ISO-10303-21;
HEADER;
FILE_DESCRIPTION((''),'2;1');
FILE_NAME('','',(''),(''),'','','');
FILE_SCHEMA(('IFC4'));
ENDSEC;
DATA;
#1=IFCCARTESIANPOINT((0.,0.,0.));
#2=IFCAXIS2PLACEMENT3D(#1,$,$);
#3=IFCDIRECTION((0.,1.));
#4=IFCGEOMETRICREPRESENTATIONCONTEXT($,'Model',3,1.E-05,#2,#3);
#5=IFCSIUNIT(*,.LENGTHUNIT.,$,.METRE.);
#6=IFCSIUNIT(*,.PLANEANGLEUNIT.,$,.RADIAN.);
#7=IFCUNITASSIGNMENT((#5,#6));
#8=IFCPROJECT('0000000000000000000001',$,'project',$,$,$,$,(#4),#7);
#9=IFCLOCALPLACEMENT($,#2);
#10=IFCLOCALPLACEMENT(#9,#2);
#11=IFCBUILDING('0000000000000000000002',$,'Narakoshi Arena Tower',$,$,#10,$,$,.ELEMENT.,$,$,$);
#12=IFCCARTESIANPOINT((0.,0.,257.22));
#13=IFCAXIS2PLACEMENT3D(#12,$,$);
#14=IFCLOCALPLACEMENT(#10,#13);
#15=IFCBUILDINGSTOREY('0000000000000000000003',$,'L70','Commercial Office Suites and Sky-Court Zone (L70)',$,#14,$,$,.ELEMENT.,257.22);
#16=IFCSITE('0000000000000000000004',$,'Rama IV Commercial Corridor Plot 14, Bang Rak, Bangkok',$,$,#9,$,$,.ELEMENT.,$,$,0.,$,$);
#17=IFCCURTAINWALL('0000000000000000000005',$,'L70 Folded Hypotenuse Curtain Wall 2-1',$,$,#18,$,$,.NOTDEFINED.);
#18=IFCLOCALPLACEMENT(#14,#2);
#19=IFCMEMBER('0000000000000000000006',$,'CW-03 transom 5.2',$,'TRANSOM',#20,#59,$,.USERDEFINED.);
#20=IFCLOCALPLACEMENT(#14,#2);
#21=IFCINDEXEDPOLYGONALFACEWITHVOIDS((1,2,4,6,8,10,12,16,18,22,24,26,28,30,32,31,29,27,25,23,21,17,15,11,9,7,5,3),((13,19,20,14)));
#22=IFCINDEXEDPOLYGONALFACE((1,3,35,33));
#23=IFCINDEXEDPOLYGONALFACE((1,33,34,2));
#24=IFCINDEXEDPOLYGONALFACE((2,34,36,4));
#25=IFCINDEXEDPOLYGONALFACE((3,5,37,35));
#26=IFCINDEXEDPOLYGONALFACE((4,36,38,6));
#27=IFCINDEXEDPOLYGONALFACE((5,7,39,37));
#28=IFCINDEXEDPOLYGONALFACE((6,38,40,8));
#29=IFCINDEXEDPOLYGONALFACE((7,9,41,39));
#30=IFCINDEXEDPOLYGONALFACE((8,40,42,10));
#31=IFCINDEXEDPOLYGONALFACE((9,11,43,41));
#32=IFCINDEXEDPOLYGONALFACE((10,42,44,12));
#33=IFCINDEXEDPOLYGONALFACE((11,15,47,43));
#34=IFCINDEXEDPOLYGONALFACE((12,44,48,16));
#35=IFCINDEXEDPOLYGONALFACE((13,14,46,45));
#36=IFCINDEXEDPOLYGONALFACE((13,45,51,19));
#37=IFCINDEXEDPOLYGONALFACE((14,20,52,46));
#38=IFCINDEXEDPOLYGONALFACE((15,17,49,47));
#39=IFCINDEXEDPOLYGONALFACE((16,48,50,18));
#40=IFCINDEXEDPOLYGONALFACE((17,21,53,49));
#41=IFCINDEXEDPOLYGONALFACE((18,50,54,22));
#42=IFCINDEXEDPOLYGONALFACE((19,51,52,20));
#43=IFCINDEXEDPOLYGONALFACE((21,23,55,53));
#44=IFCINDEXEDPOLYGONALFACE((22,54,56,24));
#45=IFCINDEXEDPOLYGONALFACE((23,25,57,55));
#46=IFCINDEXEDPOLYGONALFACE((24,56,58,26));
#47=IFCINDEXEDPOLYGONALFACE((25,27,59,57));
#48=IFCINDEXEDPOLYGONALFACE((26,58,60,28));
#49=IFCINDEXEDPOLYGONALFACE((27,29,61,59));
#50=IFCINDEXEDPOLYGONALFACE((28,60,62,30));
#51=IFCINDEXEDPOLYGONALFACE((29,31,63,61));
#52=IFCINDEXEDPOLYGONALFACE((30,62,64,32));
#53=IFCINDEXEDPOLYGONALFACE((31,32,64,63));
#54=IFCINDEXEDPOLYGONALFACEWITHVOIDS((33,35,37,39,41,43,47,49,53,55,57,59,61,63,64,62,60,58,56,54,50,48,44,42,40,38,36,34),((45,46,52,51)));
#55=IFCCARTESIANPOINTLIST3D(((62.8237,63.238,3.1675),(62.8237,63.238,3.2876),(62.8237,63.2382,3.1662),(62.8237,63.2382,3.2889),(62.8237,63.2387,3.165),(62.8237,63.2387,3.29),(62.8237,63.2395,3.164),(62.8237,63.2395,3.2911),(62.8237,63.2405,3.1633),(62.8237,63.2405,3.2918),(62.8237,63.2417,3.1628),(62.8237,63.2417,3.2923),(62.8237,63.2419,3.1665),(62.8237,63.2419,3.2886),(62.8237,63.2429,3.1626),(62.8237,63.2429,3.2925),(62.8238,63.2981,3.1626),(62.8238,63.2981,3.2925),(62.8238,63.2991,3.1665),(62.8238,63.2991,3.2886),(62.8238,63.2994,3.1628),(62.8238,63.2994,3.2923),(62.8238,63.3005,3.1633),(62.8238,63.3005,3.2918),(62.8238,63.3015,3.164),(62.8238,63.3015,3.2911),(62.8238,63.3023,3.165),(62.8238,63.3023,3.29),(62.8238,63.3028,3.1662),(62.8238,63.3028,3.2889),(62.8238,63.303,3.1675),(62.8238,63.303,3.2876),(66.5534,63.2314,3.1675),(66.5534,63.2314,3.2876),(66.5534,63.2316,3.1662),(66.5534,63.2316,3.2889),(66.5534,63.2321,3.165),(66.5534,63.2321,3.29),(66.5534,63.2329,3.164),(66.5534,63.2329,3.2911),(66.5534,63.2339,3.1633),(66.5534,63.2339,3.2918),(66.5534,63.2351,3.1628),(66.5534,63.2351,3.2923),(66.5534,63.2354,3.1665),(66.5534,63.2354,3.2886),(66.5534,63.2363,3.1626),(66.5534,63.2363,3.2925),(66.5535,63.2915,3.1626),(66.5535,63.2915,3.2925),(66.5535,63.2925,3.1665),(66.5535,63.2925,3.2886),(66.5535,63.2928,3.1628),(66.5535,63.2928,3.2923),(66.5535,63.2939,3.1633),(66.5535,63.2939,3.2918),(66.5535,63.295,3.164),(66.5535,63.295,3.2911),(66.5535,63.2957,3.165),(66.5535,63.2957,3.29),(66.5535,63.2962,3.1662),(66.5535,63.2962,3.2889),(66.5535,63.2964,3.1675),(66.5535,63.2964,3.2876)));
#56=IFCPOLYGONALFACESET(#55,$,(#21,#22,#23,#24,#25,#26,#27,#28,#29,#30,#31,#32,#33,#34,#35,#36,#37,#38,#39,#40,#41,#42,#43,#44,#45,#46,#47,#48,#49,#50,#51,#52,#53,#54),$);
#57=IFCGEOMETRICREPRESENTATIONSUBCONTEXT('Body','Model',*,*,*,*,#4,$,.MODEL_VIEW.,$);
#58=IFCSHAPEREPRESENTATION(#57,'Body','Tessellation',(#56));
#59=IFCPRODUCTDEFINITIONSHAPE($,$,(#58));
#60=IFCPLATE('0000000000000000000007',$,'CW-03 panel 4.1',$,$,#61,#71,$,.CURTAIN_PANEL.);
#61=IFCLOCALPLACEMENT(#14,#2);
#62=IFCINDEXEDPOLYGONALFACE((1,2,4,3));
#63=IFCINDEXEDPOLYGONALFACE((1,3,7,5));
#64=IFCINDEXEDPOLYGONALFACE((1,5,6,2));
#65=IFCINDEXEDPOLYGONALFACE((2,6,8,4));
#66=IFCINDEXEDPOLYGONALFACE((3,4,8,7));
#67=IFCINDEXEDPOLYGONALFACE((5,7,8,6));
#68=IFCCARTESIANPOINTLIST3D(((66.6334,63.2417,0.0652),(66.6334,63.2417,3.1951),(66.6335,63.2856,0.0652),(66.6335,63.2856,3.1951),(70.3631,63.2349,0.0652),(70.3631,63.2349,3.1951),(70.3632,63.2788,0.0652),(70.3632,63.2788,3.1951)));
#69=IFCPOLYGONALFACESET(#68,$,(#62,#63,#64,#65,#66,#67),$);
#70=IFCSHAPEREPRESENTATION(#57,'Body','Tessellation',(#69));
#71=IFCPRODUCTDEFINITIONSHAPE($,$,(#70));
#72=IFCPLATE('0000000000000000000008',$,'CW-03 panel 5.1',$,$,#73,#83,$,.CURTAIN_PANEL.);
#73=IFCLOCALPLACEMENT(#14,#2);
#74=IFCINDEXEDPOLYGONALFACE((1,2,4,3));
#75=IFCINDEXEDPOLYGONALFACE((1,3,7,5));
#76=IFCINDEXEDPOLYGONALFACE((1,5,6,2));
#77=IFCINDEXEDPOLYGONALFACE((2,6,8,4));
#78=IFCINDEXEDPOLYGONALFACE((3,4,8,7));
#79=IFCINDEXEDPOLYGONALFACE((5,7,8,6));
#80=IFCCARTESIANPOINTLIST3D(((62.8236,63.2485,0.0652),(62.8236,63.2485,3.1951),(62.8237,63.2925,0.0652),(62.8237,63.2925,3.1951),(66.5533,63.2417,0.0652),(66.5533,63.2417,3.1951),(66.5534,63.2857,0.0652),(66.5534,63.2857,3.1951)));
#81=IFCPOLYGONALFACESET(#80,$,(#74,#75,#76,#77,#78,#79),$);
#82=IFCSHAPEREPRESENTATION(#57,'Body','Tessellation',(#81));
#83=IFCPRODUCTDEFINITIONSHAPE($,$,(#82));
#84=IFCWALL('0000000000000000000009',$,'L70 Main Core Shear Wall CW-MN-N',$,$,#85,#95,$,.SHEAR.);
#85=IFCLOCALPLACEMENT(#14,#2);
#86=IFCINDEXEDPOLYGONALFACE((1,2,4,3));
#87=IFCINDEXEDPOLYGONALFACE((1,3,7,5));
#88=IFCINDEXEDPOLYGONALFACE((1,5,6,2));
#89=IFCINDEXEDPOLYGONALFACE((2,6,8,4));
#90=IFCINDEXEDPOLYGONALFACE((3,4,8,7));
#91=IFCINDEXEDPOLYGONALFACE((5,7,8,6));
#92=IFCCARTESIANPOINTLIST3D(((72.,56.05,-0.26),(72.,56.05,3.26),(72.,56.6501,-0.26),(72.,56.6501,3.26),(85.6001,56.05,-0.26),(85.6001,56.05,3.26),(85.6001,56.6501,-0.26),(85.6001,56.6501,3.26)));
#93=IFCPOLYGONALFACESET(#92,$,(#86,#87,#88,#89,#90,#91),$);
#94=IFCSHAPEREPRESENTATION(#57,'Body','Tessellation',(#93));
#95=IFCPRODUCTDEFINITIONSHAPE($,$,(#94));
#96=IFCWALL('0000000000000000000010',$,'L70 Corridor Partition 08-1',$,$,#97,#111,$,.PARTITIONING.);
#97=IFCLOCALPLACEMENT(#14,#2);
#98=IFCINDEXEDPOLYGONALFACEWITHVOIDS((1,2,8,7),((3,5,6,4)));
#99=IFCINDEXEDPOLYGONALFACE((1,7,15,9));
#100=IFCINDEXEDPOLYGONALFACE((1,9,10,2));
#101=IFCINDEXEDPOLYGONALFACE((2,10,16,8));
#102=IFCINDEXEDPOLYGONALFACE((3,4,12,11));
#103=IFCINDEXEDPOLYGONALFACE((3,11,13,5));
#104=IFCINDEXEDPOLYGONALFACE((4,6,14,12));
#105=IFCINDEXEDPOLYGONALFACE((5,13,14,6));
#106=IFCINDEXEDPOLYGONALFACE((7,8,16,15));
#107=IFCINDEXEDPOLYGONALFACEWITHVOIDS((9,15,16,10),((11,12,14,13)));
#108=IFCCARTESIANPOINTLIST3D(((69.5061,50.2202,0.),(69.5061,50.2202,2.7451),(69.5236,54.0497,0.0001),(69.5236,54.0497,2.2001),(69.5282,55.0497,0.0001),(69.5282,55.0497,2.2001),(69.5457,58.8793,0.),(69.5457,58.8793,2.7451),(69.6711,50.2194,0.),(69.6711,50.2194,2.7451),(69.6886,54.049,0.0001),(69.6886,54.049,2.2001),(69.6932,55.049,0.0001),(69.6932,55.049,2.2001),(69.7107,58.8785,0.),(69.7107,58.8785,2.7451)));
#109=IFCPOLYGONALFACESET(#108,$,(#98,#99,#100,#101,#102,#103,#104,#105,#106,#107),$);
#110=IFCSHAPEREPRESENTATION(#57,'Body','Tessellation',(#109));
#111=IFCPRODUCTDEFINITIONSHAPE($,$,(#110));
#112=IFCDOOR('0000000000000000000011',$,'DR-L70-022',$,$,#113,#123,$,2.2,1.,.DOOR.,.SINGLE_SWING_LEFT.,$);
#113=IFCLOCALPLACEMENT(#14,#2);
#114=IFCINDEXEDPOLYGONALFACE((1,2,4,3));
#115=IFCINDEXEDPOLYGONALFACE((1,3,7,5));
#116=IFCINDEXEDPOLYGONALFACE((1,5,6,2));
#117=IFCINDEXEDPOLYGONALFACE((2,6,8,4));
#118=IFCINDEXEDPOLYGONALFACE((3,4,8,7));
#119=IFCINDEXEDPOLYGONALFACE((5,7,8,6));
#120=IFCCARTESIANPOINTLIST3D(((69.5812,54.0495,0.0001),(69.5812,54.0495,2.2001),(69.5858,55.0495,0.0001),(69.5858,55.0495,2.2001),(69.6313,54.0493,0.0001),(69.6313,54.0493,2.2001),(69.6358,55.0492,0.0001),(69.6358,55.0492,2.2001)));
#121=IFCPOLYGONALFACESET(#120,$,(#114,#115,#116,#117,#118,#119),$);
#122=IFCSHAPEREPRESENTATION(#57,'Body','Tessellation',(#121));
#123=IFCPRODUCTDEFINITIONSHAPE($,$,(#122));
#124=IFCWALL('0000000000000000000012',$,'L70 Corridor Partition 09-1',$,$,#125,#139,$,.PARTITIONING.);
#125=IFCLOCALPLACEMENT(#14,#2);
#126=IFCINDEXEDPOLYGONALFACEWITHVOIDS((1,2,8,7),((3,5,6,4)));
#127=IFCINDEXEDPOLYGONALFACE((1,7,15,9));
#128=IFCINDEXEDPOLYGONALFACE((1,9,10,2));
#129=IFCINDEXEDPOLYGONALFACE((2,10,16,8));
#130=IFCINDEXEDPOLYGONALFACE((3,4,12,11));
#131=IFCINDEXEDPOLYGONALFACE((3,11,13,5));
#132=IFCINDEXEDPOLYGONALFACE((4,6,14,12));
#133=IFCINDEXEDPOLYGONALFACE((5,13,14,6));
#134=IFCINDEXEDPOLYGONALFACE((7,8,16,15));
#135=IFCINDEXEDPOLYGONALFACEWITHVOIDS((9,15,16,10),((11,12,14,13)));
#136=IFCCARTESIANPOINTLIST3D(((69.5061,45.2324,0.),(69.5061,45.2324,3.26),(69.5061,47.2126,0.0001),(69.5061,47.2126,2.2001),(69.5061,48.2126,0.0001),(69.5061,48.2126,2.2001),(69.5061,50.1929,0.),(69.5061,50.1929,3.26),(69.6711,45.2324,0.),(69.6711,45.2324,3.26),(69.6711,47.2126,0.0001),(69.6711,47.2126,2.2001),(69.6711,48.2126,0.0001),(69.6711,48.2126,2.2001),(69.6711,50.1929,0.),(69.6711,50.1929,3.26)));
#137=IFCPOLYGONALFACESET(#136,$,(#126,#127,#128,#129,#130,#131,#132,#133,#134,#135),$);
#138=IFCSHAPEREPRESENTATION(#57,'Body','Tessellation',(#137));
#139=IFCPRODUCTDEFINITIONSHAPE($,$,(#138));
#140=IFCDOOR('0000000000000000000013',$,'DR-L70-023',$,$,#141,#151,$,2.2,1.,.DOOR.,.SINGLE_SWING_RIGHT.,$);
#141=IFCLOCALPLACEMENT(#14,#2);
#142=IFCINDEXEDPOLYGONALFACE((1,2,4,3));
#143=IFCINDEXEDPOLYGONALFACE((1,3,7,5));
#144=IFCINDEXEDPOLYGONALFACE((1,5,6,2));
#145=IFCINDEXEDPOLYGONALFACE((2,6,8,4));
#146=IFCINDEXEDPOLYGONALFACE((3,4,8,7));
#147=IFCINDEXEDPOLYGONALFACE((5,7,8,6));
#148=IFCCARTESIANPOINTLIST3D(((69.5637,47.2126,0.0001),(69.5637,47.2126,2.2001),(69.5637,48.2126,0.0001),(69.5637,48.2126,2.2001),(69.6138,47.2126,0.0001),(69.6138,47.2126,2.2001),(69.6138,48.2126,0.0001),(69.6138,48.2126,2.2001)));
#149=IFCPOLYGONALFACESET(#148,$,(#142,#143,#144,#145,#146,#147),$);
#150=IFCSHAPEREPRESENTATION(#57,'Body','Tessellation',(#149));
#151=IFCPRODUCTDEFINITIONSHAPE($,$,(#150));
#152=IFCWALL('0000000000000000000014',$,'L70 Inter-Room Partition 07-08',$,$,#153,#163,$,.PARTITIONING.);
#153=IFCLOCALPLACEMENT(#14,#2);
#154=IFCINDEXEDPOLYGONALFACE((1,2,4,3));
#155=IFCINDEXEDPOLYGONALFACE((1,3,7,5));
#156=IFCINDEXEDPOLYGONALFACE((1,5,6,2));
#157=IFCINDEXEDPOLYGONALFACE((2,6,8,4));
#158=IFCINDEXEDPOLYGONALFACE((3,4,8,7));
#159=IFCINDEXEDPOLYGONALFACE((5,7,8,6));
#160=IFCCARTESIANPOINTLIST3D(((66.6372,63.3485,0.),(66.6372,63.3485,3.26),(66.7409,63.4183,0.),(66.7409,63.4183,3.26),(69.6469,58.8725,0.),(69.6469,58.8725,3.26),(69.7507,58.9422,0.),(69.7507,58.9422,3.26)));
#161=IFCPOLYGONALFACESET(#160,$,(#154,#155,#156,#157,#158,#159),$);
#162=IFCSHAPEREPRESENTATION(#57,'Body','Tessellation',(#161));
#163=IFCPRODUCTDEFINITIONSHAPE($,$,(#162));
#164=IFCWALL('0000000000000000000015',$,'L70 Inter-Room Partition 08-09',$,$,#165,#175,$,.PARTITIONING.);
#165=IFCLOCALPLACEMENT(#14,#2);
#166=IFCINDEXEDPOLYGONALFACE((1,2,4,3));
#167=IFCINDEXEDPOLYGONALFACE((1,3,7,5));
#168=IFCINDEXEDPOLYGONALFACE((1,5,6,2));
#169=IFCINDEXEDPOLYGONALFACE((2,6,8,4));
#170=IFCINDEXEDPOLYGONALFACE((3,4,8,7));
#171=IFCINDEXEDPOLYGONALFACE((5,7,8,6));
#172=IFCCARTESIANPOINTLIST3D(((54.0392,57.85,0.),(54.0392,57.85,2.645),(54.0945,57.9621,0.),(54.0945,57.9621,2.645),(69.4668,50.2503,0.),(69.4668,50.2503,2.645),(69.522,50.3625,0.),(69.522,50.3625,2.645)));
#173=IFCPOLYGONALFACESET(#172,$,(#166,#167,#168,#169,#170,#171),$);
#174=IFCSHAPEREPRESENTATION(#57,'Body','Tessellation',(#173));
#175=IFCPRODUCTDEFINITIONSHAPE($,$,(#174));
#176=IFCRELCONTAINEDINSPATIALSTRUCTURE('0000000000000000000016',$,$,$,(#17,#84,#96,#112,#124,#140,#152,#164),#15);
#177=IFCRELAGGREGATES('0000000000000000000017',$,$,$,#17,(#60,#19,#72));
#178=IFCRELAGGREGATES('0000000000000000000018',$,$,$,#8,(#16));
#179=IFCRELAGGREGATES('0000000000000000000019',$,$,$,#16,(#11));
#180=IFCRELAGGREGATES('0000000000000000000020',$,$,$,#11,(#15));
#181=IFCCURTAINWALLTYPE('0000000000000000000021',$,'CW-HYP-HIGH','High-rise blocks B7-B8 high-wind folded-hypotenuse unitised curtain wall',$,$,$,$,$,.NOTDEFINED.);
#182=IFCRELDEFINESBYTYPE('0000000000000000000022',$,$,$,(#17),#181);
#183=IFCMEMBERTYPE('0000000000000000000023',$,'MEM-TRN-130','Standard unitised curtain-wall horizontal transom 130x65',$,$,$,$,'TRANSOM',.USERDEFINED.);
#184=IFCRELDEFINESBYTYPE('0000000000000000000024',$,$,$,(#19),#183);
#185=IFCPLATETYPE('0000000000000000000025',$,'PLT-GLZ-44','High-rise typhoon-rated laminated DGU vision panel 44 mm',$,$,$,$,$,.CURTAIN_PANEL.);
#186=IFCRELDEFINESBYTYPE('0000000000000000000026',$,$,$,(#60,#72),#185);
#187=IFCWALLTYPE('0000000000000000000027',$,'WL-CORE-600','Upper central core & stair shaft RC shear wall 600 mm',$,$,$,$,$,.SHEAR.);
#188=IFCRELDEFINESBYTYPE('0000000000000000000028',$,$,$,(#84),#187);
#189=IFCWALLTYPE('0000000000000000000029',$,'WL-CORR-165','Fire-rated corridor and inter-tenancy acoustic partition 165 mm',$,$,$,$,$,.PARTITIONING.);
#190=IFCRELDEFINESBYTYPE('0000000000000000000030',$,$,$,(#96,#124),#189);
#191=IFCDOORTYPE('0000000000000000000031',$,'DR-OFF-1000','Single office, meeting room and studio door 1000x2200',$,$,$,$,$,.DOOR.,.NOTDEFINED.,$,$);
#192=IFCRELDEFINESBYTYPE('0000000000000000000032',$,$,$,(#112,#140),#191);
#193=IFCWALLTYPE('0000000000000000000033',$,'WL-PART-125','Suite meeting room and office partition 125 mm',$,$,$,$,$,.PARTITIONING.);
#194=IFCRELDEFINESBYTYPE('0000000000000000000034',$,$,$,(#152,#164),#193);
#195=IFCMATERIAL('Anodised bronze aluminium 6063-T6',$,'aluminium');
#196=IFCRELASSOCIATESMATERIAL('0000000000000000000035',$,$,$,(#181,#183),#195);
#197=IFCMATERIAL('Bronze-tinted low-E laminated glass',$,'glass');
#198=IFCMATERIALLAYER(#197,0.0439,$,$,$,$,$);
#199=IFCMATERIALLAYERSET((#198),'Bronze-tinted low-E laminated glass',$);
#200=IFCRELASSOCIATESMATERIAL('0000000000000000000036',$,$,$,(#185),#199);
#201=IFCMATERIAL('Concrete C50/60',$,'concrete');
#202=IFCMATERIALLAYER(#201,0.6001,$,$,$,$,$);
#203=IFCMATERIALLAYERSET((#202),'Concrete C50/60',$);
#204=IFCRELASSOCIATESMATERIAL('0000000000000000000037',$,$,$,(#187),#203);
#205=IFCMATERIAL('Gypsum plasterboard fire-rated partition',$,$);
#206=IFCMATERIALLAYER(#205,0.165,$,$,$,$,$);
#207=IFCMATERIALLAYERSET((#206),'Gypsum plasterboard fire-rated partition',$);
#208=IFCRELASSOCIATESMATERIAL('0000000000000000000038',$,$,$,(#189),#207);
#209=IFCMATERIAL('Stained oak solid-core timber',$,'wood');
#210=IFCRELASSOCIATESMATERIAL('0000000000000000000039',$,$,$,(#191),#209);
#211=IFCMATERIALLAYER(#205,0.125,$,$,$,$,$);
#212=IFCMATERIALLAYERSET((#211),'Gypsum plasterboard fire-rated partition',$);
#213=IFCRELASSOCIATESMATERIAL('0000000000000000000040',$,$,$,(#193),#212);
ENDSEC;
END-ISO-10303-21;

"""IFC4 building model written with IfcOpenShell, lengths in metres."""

from ifc_helpers import new_model, si_unit, direction, frame, frame_2d, origin, origin_2d, place, context, subcontext, project, spatial, rectangle, hollow_rectangle, extrude, material, layer, layer_set, material_profile, profile_set, type_object, element, fill, aggregate, save


model = new_model("IFC4")

# Units and contexts
model_context = context("Model", 3, precision=1e-05, world=origin(), true_north=direction((0.0, 1.0)))
body_context = subcontext(model_context, "Body", "Model", "MODEL_VIEW")
ifc_project = project(units=[si_unit("LENGTHUNIT", "METRE"), si_unit("PLANEANGLEUNIT", "RADIAN")], contexts=[model_context])

# Site, building, storey
site_placement = place(None, origin())
site = spatial("IfcSite", under=ifc_project, at=site_placement, Name="Rama IV Commercial Corridor Plot 14, Bang Rak, Bangkok", CompositionType="ELEMENT", RefElevation=0.0)
building_placement = place(site_placement, origin())
building = spatial("IfcBuilding", under=site, at=building_placement, Name="Narakoshi Arena Tower", CompositionType="ELEMENT")
storey_placement = place(building_placement, frame((0.0, 0.0, 257.22)))
storey = spatial("IfcBuildingStorey", under=building, at=storey_placement, Name="L70", Description="Commercial Office Suites and Sky-Court Zone (L70)", CompositionType="ELEMENT", Elevation=257.22)

# Shared definitions
ifc_material_1 = material(Name="Concrete C50/60", Category="concrete")

# Curtain wall, member, plates
ifc_material_2 = material(Name="Anodised bronze aluminium 6063-T6", Category="aluminium")
curtain_wall_type = type_object("IfcCurtainWallType", Name="CW-HYP-HIGH", Description="High-rise blocks B7-B8 high-wind folded-hypotenuse unitised curtain wall", PredefinedType="NOTDEFINED", material=ifc_material_2)
curtain_wall_placement = place(storey_placement, origin())
curtain_wall = element("IfcCurtainWall", 1, at=curtain_wall_placement, inside=storey, type_object=curtain_wall_type, Name="L70 Folded Hypotenuse Curtain Wall 2-1", PredefinedType="NOTDEFINED")
ifc_material_profile_1 = material_profile(ifc_material_2, hollow_rectangle(XDim=0.0649, YDim=0.1299, WallThickness=0.0039, OuterFilletRadius=0.0049, at=origin_2d()), Name="TRN130x65x4")
ifc_profile_set_1 = profile_set([ifc_material_profile_1], Name="Anodised bronze aluminium 6063-T6")
member_type_1 = type_object("IfcMemberType", Name="MEM-TRN-130", Description="Standard unitised curtain-wall horizontal transom 130x65", ElementType="TRANSOM", PredefinedType="USERDEFINED", material=ifc_profile_set_1)
member_1_placement = place(storey_placement, frame((66.5535, 63.2639, 3.2275), z_axis=(-0.999998, 0.001767, 0.0), x_axis=(-0.001767, -0.999998, 0.0)))
member_1 = element("IfcMember", 2, at=member_1_placement, type_object=member_type_1, Name="CW-03 transom 5.2", ObjectType="TRANSOM", PredefinedType="USERDEFINED", context=body_context, shape_type="SweptSolid", body=[
    extrude(hollow_rectangle(XDim=0.0649, YDim=0.1299, WallThickness=0.0039, OuterFilletRadius=0.0049, at=origin_2d()), origin(), (0.0, 0.0, 1.0), 3.7297),
])
ifc_material_3 = material(Name="Bronze-tinted low-E laminated glass", Category="glass")
ifc_layer_1 = layer(ifc_material_3, 0.0439)
ifc_layer_set_1 = layer_set([ifc_layer_1], Name="Bronze-tinted low-E laminated glass")
plate_type = type_object("IfcPlateType", Name="PLT-GLZ-44", Description="High-rise typhoon-rated laminated DGU vision panel 44 mm", PredefinedType="CURTAIN_PANEL", material=ifc_layer_set_1)
plate_1_placement = place(storey_placement, frame((68.4983, 63.2603, 0.0652), z_axis=(0.0, 0.0, 1.0), x_axis=(-0.999998, 0.00182, 0.0)))
plate_1 = element("IfcPlate", 3, at=plate_1_placement, type_object=plate_type, Name="CW-03 panel 4.1", PredefinedType="CURTAIN_PANEL", context=body_context, shape_type="SweptSolid", body=[
    extrude(rectangle(XDim=3.7297, YDim=0.0439, at=origin_2d()), origin(), (0.0, 0.0, 1.0), 3.1299),
])
plate_2_placement = place(storey_placement, frame((64.6885, 63.2671, 0.0652), z_axis=(0.0, 0.0, 1.0), x_axis=(-0.999998, 0.00182, 0.0)))
plate_2 = element("IfcPlate", 4, at=plate_2_placement, type_object=plate_type, Name="CW-03 panel 5.1", PredefinedType="CURTAIN_PANEL", context=body_context, shape_type="SweptSolid", body=[
    extrude(rectangle(XDim=3.7297, YDim=0.0439, at=origin_2d()), origin(), (0.0, 0.0, 1.0), 3.1299),
])
aggregate(curtain_wall, [plate_1, member_1, plate_2])

# Wall
ifc_layer_2 = layer(ifc_material_1, 0.6001)
ifc_layer_set_2 = layer_set([ifc_layer_2], Name="Concrete C50/60")
wall_type_1 = type_object("IfcWallType", Name="WL-CORE-600", Description="Upper central core & stair shaft RC shear wall 600 mm", PredefinedType="SHEAR", material=ifc_layer_set_2)
wall_1_placement = place(storey_placement, frame((72.0, 56.3501, -0.26), z_axis=(0.0, 0.0, 1.0), x_axis=(1.0, 0.0, 0.0)))
element("IfcWall", 5, at=wall_1_placement, inside=storey, type_object=wall_type_1, Name="L70 Main Core Shear Wall CW-MN-N", PredefinedType="SHEAR", context=body_context, shape_type="SweptSolid", body=[
    extrude(rectangle(XDim=13.6001, YDim=0.6001, at=frame_2d((6.8, 0.0))), origin(), (0.0, 0.0, 1.0), 3.52),
])

# Walls, openings, doors
ifc_material_4 = material(Name="Gypsum plasterboard fire-rated partition")
ifc_layer_3 = layer(ifc_material_4, 0.165)
ifc_layer_set_3 = layer_set([ifc_layer_3], Name="Gypsum plasterboard fire-rated partition")
wall_type_2 = type_object("IfcWallType", Name="WL-CORR-165", Description="Fire-rated corridor and inter-tenancy acoustic partition 165 mm", PredefinedType="PARTITIONING", material=ifc_layer_set_3)
wall_2_placement = place(storey_placement, frame((69.6282, 58.8789, 0.0), z_axis=(0.0, 0.0, 1.0), x_axis=(-0.004567, -0.99999, 0.0)))
wall_2 = element("IfcWall", 6, at=wall_2_placement, inside=storey, type_object=wall_type_2, Name="L70 Corridor Partition 08-1", PredefinedType="PARTITIONING", context=body_context, shape_type="SweptSolid", body=[
    extrude(rectangle(XDim=8.6592, YDim=0.165, at=frame_2d((4.3296, 0.0))), origin(), (0.0, 0.0, 1.0), 2.7451),
])
opening_1_placement = place(wall_2_placement, frame((3.8296, 0.0, 0.0)))
opening_1 = element("IfcOpeningElement", 7, at=opening_1_placement, cuts=wall_2, PredefinedType="OPENING", context=body_context, shape_type="SweptSolid", body=[
    extrude(rectangle(XDim=1.0, YDim=2.2, at=frame_2d((0.5, 1.1001))), frame((0.0, 0.0925, 0.0), z_axis=(0.0, -1.0, 0.0), x_axis=(1.0, 0.0, 0.0)), (0.0, 0.0, 1.0), 0.1851),
])
ifc_material_5 = material(Name="Stained oak solid-core timber", Category="wood")
door_type_1 = type_object("IfcDoorType", Name="DR-OFF-1000", Description="Single office, meeting room and studio door 1000x2200", OperationType="NOTDEFINED", PredefinedType="DOOR", material=ifc_material_5)
door_1_placement = place(opening_1_placement, frame((1.0, 0.0, 0.0), z_axis=(0.0, 0.0, 1.0), x_axis=(-1.0, 0.0, 0.0)))
door_1 = element("IfcDoor", 8, at=door_1_placement, inside=storey, type_object=door_type_1, Name="DR-L70-022", OperationType="SINGLE_SWING_LEFT", OverallHeight=2.2, OverallWidth=1.0, PredefinedType="DOOR", context=body_context, shape_type="SweptSolid", body=[
    extrude(rectangle(XDim=1.0, YDim=2.2, at=frame_2d((0.5, 1.1001))), frame((0.0, 0.0249, 0.0), z_axis=(0.0, -1.0, 0.0), x_axis=(1.0, 0.0, 0.0)), (0.0, 0.0, 1.0), 0.05),
])
fill(opening_1, door_1)
wall_3_placement = place(storey_placement, frame((69.5886, 50.1929, 0.0), z_axis=(0.0, 0.0, 1.0), x_axis=(0.0, -1.0, 0.0)))
wall_3 = element("IfcWall", 9, at=wall_3_placement, inside=storey, type_object=wall_type_2, Name="L70 Corridor Partition 09-1", PredefinedType="PARTITIONING", context=body_context, shape_type="SweptSolid", body=[
    extrude(rectangle(XDim=4.9604, YDim=0.165, at=frame_2d((2.4802, 0.0))), origin(), (0.0, 0.0, 1.0), 3.26),
])
opening_2_placement = place(wall_3_placement, frame((1.9802, 0.0, 0.0)))
opening_2 = element("IfcOpeningElement", 10, at=opening_2_placement, cuts=wall_3, PredefinedType="OPENING", context=body_context, shape_type="SweptSolid", body=[
    extrude(rectangle(XDim=1.0, YDim=2.2, at=frame_2d((0.5, 1.1001))), frame((0.0, 0.0925, 0.0), z_axis=(0.0, -1.0, 0.0), x_axis=(1.0, 0.0, 0.0)), (0.0, 0.0, 1.0), 0.1851),
])
door_2_placement = place(opening_2_placement, frame((1.0, 0.0, 0.0), z_axis=(0.0, 0.0, 1.0), x_axis=(-1.0, 0.0, 0.0)))
door_2 = element("IfcDoor", 11, at=door_2_placement, inside=storey, type_object=door_type_1, Name="DR-L70-023", OperationType="SINGLE_SWING_RIGHT", OverallHeight=2.2, OverallWidth=1.0, PredefinedType="DOOR", context=body_context, shape_type="SweptSolid", body=[
    extrude(rectangle(XDim=1.0, YDim=2.2, at=frame_2d((0.5, 1.1001))), frame((0.0, 0.0249, 0.0), z_axis=(0.0, -1.0, 0.0), x_axis=(1.0, 0.0, 0.0)), (0.0, 0.0, 1.0), 0.05),
])
fill(opening_2, door_2)

# Walls
ifc_layer_4 = layer(ifc_material_4, 0.125)
ifc_layer_set_4 = layer_set([ifc_layer_4], Name="Gypsum plasterboard fire-rated partition")
wall_type_3 = type_object("IfcWallType", Name="WL-PART-125", Description="Suite meeting room and office partition 125 mm", PredefinedType="PARTITIONING", material=ifc_layer_set_4)
wall_4_placement = place(storey_placement, frame((69.6987, 58.9075, 0.0), z_axis=(0.0, 0.0, 1.0), x_axis=(-0.557997, 0.829843, 0.0)))
element("IfcWall", 12, at=wall_4_placement, inside=storey, type_object=wall_type_3, Name="L70 Inter-Room Partition 07-08", PredefinedType="PARTITIONING", context=body_context, shape_type="SweptSolid", body=[
    extrude(rectangle(XDim=5.3938, YDim=0.125, at=frame_2d((2.6968, 0.0))), origin(), (0.0, 0.0, 1.0), 3.26),
])
wall_5_placement = place(storey_placement, frame((69.4944, 50.3064, 0.0), z_axis=(0.0, 0.0, 1.0), x_axis=(-0.897066, 0.441896, 0.0)))
element("IfcWall", 13, at=wall_5_placement, inside=storey, type_object=wall_type_3, Name="L70 Inter-Room Partition 08-09", PredefinedType="PARTITIONING", context=body_context, shape_type="SweptSolid", body=[
    extrude(rectangle(XDim=17.1978, YDim=0.125, at=frame_2d((8.5989, 0.0))), origin(), (0.0, 0.0, 1.0), 2.645),
])

save(model, "model.ifc")
